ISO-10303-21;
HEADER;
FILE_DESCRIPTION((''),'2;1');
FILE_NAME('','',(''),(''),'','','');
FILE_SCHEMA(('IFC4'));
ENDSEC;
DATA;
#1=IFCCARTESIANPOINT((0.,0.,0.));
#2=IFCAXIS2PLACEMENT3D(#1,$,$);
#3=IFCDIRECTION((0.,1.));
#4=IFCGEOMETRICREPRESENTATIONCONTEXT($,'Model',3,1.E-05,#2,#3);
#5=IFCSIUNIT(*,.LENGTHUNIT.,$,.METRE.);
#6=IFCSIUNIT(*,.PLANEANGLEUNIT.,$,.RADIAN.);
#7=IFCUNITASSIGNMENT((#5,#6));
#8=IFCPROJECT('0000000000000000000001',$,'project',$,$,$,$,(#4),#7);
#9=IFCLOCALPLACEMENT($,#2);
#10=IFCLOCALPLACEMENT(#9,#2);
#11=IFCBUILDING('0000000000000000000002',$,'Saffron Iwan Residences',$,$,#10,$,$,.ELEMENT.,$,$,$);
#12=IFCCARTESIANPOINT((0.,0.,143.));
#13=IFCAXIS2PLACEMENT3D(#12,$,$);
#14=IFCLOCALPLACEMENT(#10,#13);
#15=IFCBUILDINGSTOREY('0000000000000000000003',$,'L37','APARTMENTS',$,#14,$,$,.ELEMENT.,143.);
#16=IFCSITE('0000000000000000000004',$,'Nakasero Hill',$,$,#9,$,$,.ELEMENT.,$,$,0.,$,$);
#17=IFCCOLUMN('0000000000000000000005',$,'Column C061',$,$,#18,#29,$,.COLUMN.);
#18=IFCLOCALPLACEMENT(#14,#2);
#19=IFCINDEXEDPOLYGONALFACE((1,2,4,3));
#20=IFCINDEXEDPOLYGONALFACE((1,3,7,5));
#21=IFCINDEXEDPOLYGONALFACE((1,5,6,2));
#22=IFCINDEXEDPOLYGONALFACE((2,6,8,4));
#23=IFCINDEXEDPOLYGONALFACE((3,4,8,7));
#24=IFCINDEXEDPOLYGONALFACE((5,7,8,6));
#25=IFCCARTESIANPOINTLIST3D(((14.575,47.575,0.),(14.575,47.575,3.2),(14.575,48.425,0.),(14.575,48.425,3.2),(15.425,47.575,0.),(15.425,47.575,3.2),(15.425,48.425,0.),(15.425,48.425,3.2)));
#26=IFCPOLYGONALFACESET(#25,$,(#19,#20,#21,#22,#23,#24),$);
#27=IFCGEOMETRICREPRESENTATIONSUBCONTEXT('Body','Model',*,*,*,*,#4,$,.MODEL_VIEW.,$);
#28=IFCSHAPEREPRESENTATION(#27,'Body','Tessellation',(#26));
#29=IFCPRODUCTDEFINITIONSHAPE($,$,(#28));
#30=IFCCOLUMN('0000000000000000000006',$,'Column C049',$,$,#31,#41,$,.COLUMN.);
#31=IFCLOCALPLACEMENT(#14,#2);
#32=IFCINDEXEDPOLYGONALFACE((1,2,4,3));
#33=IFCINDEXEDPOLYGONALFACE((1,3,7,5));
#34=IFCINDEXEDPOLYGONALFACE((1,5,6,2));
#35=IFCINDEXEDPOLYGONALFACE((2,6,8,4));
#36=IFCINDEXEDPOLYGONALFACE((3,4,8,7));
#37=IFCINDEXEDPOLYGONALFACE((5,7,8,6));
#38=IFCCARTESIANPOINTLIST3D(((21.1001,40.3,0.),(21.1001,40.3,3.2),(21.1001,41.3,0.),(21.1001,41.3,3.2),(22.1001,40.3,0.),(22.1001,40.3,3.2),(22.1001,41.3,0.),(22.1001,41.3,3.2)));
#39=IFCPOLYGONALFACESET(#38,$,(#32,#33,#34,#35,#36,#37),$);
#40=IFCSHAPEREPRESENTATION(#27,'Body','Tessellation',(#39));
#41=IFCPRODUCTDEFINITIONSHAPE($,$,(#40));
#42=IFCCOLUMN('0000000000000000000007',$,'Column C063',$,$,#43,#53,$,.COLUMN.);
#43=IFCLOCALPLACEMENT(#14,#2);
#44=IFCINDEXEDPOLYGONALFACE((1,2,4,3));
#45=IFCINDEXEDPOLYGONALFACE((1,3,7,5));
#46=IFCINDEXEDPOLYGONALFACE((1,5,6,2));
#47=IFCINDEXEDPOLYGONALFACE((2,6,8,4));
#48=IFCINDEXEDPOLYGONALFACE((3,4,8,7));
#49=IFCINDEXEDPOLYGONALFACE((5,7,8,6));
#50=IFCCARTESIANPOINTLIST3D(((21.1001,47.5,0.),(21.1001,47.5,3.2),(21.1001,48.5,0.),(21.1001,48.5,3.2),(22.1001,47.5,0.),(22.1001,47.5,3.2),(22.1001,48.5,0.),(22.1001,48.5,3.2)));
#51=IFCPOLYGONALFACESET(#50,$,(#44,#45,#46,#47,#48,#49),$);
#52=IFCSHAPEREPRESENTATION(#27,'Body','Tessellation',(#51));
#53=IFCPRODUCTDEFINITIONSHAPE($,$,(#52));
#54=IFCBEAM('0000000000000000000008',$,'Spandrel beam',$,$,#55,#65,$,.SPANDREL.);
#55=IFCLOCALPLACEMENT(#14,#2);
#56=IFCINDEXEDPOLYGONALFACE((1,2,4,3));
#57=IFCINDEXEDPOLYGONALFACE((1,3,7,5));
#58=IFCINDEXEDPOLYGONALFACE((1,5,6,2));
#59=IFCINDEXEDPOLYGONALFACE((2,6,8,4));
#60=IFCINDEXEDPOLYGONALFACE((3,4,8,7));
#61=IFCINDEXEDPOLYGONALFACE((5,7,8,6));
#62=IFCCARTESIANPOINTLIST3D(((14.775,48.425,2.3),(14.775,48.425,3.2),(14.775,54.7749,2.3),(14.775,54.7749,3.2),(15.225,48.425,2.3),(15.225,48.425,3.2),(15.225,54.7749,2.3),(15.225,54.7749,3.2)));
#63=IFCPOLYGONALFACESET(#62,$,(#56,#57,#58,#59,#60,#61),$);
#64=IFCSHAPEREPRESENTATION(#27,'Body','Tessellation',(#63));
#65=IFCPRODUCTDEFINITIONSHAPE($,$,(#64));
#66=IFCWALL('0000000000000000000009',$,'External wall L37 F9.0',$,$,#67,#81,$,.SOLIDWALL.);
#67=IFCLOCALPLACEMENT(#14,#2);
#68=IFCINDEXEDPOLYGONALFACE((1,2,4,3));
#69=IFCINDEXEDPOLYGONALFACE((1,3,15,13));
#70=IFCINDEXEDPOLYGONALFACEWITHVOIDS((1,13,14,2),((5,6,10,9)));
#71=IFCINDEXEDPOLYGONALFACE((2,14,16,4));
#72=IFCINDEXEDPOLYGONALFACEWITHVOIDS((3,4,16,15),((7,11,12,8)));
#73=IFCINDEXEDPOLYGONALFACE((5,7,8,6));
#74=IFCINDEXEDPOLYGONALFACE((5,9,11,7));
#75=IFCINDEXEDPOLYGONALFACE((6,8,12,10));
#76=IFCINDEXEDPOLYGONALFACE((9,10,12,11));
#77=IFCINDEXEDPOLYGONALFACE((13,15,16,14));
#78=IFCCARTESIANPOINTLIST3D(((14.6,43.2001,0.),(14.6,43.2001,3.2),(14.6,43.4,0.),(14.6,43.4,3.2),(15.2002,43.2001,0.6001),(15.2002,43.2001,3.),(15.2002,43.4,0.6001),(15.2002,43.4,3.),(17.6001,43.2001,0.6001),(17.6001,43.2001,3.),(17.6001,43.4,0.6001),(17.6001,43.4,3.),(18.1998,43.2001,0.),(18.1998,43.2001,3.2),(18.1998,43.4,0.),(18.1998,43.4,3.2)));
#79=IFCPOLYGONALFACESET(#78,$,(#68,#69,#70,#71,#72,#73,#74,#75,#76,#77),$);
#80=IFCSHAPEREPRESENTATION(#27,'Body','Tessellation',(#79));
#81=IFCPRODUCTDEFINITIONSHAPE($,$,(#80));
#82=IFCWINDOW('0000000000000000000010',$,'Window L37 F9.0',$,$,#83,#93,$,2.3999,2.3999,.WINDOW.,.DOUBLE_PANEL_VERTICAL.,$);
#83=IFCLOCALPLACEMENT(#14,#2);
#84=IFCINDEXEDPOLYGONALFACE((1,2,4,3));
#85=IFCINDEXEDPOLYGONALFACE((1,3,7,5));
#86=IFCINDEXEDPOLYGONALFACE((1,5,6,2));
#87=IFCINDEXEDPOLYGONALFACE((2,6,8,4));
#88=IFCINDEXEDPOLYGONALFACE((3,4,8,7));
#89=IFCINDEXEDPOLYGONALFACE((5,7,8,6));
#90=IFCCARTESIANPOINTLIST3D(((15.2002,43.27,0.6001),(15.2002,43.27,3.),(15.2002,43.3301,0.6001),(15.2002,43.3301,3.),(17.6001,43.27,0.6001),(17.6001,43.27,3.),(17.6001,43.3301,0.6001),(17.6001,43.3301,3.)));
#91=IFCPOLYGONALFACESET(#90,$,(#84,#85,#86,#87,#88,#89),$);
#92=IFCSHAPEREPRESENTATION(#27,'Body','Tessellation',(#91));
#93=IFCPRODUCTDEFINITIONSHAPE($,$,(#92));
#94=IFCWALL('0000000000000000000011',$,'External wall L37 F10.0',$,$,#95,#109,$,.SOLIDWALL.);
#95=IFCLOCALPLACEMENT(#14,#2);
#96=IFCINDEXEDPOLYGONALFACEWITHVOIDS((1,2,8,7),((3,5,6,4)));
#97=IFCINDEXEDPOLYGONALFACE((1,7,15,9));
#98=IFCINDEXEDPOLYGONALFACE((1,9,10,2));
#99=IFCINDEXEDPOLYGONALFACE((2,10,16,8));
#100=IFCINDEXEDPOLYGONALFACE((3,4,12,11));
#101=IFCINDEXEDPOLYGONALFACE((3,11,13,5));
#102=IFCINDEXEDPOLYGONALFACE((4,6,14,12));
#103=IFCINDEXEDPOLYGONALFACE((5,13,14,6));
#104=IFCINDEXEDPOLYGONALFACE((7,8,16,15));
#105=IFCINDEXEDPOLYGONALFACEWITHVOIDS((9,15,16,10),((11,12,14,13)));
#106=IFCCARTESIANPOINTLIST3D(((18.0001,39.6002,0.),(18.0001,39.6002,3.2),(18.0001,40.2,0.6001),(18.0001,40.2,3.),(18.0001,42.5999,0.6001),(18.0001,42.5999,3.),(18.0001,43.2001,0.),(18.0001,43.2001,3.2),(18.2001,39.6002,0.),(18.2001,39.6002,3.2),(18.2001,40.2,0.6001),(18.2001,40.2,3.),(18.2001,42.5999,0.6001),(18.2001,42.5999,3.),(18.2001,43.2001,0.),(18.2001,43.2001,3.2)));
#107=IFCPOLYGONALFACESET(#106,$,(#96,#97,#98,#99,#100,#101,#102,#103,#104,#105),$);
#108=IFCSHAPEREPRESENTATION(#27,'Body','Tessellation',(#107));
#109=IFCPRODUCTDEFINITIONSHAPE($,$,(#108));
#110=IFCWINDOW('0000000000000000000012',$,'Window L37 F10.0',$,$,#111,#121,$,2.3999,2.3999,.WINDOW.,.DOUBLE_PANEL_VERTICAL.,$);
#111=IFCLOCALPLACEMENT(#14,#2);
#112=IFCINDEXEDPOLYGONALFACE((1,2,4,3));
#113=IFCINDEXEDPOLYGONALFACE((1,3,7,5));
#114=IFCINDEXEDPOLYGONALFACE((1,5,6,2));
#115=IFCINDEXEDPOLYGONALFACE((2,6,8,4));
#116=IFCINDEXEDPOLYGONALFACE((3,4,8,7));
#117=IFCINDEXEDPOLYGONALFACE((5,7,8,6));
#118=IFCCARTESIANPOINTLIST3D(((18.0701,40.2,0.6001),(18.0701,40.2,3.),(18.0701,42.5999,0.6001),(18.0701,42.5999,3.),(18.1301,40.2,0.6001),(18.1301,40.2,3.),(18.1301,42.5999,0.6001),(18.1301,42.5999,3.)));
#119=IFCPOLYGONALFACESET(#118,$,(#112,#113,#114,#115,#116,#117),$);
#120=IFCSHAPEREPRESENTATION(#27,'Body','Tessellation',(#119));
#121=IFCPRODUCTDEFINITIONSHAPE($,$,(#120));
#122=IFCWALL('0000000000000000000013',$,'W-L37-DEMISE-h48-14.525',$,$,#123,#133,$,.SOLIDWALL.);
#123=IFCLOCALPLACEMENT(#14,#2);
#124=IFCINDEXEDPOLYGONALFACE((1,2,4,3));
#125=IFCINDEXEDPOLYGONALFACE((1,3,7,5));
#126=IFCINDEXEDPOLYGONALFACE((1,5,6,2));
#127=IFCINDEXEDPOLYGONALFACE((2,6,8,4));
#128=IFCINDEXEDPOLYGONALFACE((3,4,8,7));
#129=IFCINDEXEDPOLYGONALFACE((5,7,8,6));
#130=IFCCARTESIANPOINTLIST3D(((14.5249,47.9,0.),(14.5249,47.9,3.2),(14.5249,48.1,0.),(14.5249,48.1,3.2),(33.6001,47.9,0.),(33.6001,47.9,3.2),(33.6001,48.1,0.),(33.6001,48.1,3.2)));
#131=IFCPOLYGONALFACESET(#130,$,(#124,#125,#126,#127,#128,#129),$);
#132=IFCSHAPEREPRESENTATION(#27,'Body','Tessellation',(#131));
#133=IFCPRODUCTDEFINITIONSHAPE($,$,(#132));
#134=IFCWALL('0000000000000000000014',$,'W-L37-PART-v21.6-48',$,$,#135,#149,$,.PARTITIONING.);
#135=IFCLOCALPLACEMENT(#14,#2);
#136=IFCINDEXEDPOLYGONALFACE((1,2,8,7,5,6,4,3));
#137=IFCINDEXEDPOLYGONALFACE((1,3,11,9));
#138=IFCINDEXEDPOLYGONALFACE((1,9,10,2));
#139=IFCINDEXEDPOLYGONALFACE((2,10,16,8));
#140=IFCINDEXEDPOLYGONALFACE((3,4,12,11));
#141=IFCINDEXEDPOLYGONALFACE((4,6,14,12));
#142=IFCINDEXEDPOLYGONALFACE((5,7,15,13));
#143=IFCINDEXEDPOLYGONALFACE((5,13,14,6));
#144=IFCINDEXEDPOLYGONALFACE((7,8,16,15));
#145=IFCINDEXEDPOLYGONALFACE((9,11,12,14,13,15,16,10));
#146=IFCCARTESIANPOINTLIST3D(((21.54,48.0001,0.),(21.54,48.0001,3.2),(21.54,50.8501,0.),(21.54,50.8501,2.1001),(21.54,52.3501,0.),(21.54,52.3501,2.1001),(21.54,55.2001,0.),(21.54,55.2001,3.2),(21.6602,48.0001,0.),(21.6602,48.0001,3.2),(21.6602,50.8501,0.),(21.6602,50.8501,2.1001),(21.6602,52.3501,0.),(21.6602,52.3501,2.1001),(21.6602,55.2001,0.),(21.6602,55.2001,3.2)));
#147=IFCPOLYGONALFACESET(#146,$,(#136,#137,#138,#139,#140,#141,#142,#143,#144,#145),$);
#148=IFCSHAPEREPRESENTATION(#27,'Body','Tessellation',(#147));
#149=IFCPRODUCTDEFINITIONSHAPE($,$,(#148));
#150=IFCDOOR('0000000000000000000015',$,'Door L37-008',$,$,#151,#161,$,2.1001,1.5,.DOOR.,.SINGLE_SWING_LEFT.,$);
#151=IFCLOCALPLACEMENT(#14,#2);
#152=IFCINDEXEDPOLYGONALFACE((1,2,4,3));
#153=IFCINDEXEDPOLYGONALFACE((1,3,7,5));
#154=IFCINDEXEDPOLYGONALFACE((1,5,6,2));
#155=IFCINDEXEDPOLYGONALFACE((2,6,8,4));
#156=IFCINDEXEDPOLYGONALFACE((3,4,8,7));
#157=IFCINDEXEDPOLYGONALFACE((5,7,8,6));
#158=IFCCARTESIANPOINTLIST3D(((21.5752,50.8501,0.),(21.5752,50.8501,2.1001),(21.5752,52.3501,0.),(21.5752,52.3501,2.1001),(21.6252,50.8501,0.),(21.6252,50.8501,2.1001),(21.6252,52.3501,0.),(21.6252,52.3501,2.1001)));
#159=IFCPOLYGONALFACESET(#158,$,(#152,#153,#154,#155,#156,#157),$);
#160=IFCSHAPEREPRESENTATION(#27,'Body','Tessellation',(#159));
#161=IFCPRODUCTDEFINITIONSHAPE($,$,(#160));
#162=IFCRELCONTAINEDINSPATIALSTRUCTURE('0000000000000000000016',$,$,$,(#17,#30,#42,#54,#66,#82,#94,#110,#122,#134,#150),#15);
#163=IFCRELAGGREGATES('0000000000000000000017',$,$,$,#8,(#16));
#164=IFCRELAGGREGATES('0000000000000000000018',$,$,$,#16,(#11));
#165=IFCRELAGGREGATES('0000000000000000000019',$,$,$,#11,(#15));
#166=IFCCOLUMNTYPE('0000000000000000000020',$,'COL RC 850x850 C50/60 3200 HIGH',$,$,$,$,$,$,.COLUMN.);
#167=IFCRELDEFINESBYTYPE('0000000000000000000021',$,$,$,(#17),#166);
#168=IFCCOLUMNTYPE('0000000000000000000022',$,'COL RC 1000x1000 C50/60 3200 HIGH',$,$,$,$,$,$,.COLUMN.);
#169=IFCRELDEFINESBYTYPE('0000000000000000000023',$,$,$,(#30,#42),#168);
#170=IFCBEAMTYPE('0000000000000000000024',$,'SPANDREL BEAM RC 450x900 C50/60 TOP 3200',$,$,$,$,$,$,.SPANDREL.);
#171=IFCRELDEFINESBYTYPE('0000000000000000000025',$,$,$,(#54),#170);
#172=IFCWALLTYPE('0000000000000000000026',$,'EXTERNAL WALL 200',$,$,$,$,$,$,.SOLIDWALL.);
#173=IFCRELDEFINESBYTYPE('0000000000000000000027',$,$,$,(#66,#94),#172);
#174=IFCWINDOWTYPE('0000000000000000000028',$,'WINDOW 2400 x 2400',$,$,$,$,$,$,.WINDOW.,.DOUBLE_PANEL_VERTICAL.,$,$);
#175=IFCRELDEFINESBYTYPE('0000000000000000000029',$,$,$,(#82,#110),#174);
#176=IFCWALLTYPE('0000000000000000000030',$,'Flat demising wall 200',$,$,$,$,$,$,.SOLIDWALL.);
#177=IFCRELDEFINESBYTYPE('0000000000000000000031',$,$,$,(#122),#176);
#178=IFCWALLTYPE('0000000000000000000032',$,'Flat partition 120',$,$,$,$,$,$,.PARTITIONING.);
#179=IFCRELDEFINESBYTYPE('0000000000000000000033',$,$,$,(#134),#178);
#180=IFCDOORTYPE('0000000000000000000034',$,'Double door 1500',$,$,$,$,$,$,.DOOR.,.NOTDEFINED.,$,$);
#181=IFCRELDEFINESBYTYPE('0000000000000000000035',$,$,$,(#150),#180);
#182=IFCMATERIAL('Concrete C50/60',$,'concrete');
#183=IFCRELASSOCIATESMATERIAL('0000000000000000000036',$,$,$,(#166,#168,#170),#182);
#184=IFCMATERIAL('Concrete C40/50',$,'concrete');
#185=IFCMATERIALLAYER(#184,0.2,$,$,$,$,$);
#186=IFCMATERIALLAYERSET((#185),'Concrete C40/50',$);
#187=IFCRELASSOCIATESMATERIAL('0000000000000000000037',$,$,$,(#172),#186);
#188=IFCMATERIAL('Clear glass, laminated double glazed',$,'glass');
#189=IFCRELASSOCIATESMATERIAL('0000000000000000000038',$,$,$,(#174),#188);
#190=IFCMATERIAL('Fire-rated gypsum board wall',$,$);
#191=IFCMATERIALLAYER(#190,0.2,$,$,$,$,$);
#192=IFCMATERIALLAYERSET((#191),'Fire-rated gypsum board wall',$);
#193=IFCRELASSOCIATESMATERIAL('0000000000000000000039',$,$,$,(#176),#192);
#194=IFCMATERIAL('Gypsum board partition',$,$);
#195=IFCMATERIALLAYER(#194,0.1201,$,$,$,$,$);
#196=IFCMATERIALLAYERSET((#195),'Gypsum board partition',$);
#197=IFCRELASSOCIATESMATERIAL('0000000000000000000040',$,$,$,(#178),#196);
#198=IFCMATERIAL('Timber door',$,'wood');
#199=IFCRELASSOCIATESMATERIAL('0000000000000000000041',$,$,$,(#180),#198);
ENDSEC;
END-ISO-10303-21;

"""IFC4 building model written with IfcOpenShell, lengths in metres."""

from ifc_helpers import new_model, si_unit, direction, frame, frame_2d, origin, origin_2d, place, context, subcontext, project, spatial, rectangle, extrude, source, transform, mapped, material, layer, layer_set, material_profile, profile_set, type_object, element, fill, save


model = new_model("IFC4")

# Units and contexts
model_context = context("Model", 3, precision=1e-05, world=origin(), true_north=direction((0.0, 1.0)))
body_context = subcontext(model_context, "Body", "Model", "MODEL_VIEW")
ifc_project = project(units=[si_unit("LENGTHUNIT", "METRE"), si_unit("PLANEANGLEUNIT", "RADIAN")], contexts=[model_context])

# Site, building, storey
site_placement = place(None, origin())
site = spatial("IfcSite", under=ifc_project, at=site_placement, Name="Nakasero Hill", CompositionType="ELEMENT", RefElevation=0.0)
building_placement = place(site_placement, origin())
building = spatial("IfcBuilding", under=site, at=building_placement, Name="Saffron Iwan Residences", CompositionType="ELEMENT")
storey_placement = place(building_placement, frame((0.0, 0.0, 143.0)))
storey = spatial("IfcBuildingStorey", under=building, at=storey_placement, Name="L37", Description="APARTMENTS", CompositionType="ELEMENT", Elevation=143.0)

# Columns
ifc_material_1 = material(Name="Concrete C50/60", Category="concrete")
ifc_material_profile_1 = material_profile(ifc_material_1, rectangle(XDim=0.8501, YDim=0.8501, at=origin_2d()), Name="RC 850x850")
ifc_profile_set_1 = profile_set([ifc_material_profile_1], Name="Concrete C50/60")
column_type_1 = type_object("IfcColumnType", Name="COL RC 850x850 C50/60 3200 HIGH", PredefinedType="COLUMN", material=ifc_profile_set_1)
shared_shape_1 = source(origin(), body_context, "Body", "SweptSolid", [
    extrude(rectangle(XDim=0.8501, YDim=0.8501, at=origin_2d()), origin(), (0.0, 0.0, 1.0), 3.2),
])
column_placement = place(storey_placement, frame((15.0, 48.0, 0.0), z_axis=(0.0, 0.0, 1.0), x_axis=(1.0, 0.0, 0.0)))
element("IfcColumn", 1, at=column_placement, inside=storey, type_object=column_type_1, Name="Column C061", PredefinedType="COLUMN", context=body_context, shape_type="MappedRepresentation", body=[
    mapped(shared_shape_1, transform((0.0, 0.0, 0.0))),
])
ifc_material_profile_2 = material_profile(ifc_material_1, rectangle(XDim=1.0, YDim=1.0, at=origin_2d()), Name="RC 1000x1000")
ifc_profile_set_2 = profile_set([ifc_material_profile_2], Name="Concrete C50/60")
column_type_2 = type_object("IfcColumnType", Name="COL RC 1000x1000 C50/60 3200 HIGH", PredefinedType="COLUMN", material=ifc_profile_set_2)
shared_shape_2 = source(origin(), body_context, "Body", "SweptSolid", [
    extrude(rectangle(XDim=1.0, YDim=1.0, at=origin_2d()), origin(), (0.0, 0.0, 1.0), 3.2),
])
for number, where, z_axis, x_axis, name in (
    (2, (21.6001, 40.8, 0.0), (0.0, 0.0, 1.0), (1.0, 0.0, 0.0), "Column C049"),
    (3, (21.6001, 48.0, 0.0), (0.0, 0.0, 1.0), (1.0, 0.0, 0.0), "Column C063"),
):
    element("IfcColumn", number, at=place(storey_placement, frame(where, z_axis=z_axis, x_axis=x_axis)), inside=storey, type_object=column_type_2, Name=name, PredefinedType="COLUMN", context=body_context, shape_type="MappedRepresentation", body=[
        mapped(shared_shape_2, transform((0.0, 0.0, 0.0))),
    ])

# Beam
ifc_material_profile_3 = material_profile(ifc_material_1, rectangle(XDim=0.45, YDim=0.8999, at=origin_2d()), Name="RC 450x900")
ifc_profile_set_3 = profile_set([ifc_material_profile_3], Name="Concrete C50/60")
beam_type = type_object("IfcBeamType", Name="SPANDREL BEAM RC 450x900 C50/60 TOP 3200", PredefinedType="SPANDREL", material=ifc_profile_set_3)
shared_shape_3 = source(origin(), body_context, "Body", "SweptSolid", [
    extrude(rectangle(XDim=0.45, YDim=0.8999, at=origin_2d()), origin(), (0.0, 0.0, 1.0), 6.3499),
])
beam_placement = place(storey_placement, frame((15.0, 48.425, 2.75), z_axis=(0.0, 1.0, 0.0), x_axis=(-1.0, 0.0, 0.0)))
element("IfcBeam", 4, at=beam_placement, inside=storey, type_object=beam_type, Name="Spandrel beam", PredefinedType="SPANDREL", context=body_context, shape_type="MappedRepresentation", body=[
    mapped(shared_shape_3, transform((0.0, 0.0, 0.0))),
])

# Walls, openings, windows
ifc_material_2 = material(Name="Concrete C40/50", Category="concrete")
ifc_layer_1 = layer(ifc_material_2, 0.2)
ifc_layer_set_1 = layer_set([ifc_layer_1], Name="Concrete C40/50")
wall_type_1 = type_object("IfcWallType", Name="EXTERNAL WALL 200", PredefinedType="SOLIDWALL", material=ifc_layer_set_1)
wall_1_placement = place(storey_placement, frame((14.6001, 43.3, 0.0), z_axis=(0.0, 0.0, 1.0), x_axis=(1.0, 0.0, 0.0)))
wall_1 = element("IfcWall", 5, at=wall_1_placement, inside=storey, type_object=wall_type_1, Name="External wall L37 F9.0", PredefinedType="SOLIDWALL", context=body_context, shape_type="SweptSolid", body=[
    extrude(rectangle(XDim=3.5999, YDim=0.2, at=frame_2d((1.7998, 0.0))), origin(), (0.0, 0.0, 1.0), 3.2),
])
opening_1_placement = place(wall_1_placement, frame((0.6001, 0.0, 0.6001)))
opening_1 = element("IfcOpeningElement", 6, at=opening_1_placement, cuts=wall_1, PredefinedType="OPENING", context=body_context, shape_type="SweptSolid", body=[
    extrude(rectangle(XDim=2.3999, YDim=2.3999, at=frame_2d((1.2, 1.2))), frame((0.0, 0.1099, 0.0), z_axis=(0.0, -1.0, 0.0), x_axis=(1.0, 0.0, 0.0)), (0.0, 0.0, 1.0), 0.22),
])
ifc_material_3 = material(Name="Clear glass, laminated double glazed", Category="glass")
window_type = type_object("IfcWindowType", Name="WINDOW 2400 x 2400", PartitioningType="DOUBLE_PANEL_VERTICAL", PredefinedType="WINDOW", material=ifc_material_3)
window_1_placement = place(opening_1_placement, origin())
window_1 = element("IfcWindow", 7, at=window_1_placement, inside=storey, type_object=window_type, Name="Window L37 F9.0", OverallHeight=2.3999, OverallWidth=2.3999, PartitioningType="DOUBLE_PANEL_VERTICAL", PredefinedType="WINDOW", context=body_context, shape_type="SweptSolid", body=[
    extrude(rectangle(XDim=2.3999, YDim=2.3999, at=frame_2d((1.2, 1.2))), frame((0.0, 0.03, 0.0), z_axis=(0.0, -1.0, 0.0), x_axis=(1.0, 0.0, 0.0)), (0.0, 0.0, 1.0), 0.0601),
])
fill(opening_1, window_1)
wall_2_placement = place(storey_placement, frame((18.1001, 43.2, 0.0), z_axis=(0.0, 0.0, 1.0), x_axis=(0.0, -1.0, 0.0)))
wall_2 = element("IfcWall", 8, at=wall_2_placement, inside=storey, type_object=wall_type_1, Name="External wall L37 F10.0", PredefinedType="SOLIDWALL", context=body_context, shape_type="SweptSolid", body=[
    extrude(rectangle(XDim=3.5999, YDim=0.2, at=frame_2d((1.7998, 0.0))), origin(), (0.0, 0.0, 1.0), 3.2),
])
opening_2_placement = place(wall_2_placement, frame((0.6001, 0.0, 0.6001)))
opening_2 = element("IfcOpeningElement", 9, at=opening_2_placement, cuts=wall_2, PredefinedType="OPENING", context=body_context, shape_type="SweptSolid", body=[
    extrude(rectangle(XDim=2.3999, YDim=2.3999, at=frame_2d((1.2, 1.2))), frame((0.0, 0.1099, 0.0), z_axis=(0.0, -1.0, 0.0), x_axis=(1.0, 0.0, 0.0)), (0.0, 0.0, 1.0), 0.22),
])
window_2_placement = place(opening_2_placement, origin())
window_2 = element("IfcWindow", 10, at=window_2_placement, inside=storey, type_object=window_type, Name="Window L37 F10.0", OverallHeight=2.3999, OverallWidth=2.3999, PartitioningType="DOUBLE_PANEL_VERTICAL", PredefinedType="WINDOW", context=body_context, shape_type="SweptSolid", body=[
    extrude(rectangle(XDim=2.3999, YDim=2.3999, at=frame_2d((1.2, 1.2))), frame((0.0, 0.03, 0.0), z_axis=(0.0, -1.0, 0.0), x_axis=(1.0, 0.0, 0.0)), (0.0, 0.0, 1.0), 0.0601),
])
fill(opening_2, window_2)

# Wall
ifc_material_4 = material(Name="Fire-rated gypsum board wall")
ifc_layer_2 = layer(ifc_material_4, 0.2)
ifc_layer_set_2 = layer_set([ifc_layer_2], Name="Fire-rated gypsum board wall")
wall_type_2 = type_object("IfcWallType", Name="Flat demising wall 200", PredefinedType="SOLIDWALL", material=ifc_layer_set_2)
wall_3_placement = place(storey_placement, frame((14.5249, 48.0, 0.0), z_axis=(0.0, 0.0, 1.0), x_axis=(1.0, 0.0, 0.0)))
element("IfcWall", 11, at=wall_3_placement, inside=storey, type_object=wall_type_2, Name="W-L37-DEMISE-h48-14.525", PredefinedType="SOLIDWALL", context=body_context, shape_type="SweptSolid", body=[
    extrude(rectangle(XDim=19.0752, YDim=0.2, at=frame_2d((9.5376, 0.0))), origin(), (0.0, 0.0, 1.0), 3.2),
])

# Wall, opening, door
ifc_material_5 = material(Name="Gypsum board partition")
ifc_layer_3 = layer(ifc_material_5, 0.1201)
ifc_layer_set_3 = layer_set([ifc_layer_3], Name="Gypsum board partition")
wall_type_3 = type_object("IfcWallType", Name="Flat partition 120", PredefinedType="PARTITIONING", material=ifc_layer_set_3)
wall_4_placement = place(storey_placement, frame((21.6001, 48.0, 0.0), z_axis=(0.0, 0.0, 1.0), x_axis=(0.0, 1.0, 0.0)))
wall_4 = element("IfcWall", 12, at=wall_4_placement, inside=storey, type_object=wall_type_3, Name="W-L37-PART-v21.6-48", PredefinedType="PARTITIONING", context=body_context, shape_type="SweptSolid", body=[
    extrude(rectangle(XDim=7.2, YDim=0.1201, at=frame_2d((3.6001, 0.0))), origin(), (0.0, 0.0, 1.0), 3.2),
])
opening_3_placement = place(wall_4_placement, frame((2.8501, 0.0, 0.0)))
opening_3 = element("IfcOpeningElement", 13, at=opening_3_placement, cuts=wall_4, PredefinedType="OPENING", context=body_context, shape_type="SweptSolid", body=[
    extrude(rectangle(XDim=1.5, YDim=2.1001, at=frame_2d((0.75, 1.05))), frame((0.0, 0.0701, 0.0), z_axis=(0.0, -1.0, 0.0), x_axis=(1.0, 0.0, 0.0)), (0.0, 0.0, 1.0), 0.1401),
])
ifc_material_6 = material(Name="Timber door", Category="wood")
door_type = type_object("IfcDoorType", Name="Double door 1500", OperationType="NOTDEFINED", PredefinedType="DOOR", material=ifc_material_6)
door_placement = place(opening_3_placement, origin())
door = element("IfcDoor", 14, at=door_placement, inside=storey, type_object=door_type, Name="Door L37-008", OperationType="SINGLE_SWING_LEFT", OverallHeight=2.1001, OverallWidth=1.5, PredefinedType="DOOR", context=body_context, shape_type="SweptSolid", body=[
    extrude(rectangle(XDim=1.5, YDim=2.1001, at=frame_2d((0.75, 1.05))), frame((0.0, 0.0249, 0.0), z_axis=(0.0, -1.0, 0.0), x_axis=(1.0, 0.0, 0.0)), (0.0, 0.0, 1.0), 0.05),
])
fill(opening_3, door)

save(model, "model.ifc")
